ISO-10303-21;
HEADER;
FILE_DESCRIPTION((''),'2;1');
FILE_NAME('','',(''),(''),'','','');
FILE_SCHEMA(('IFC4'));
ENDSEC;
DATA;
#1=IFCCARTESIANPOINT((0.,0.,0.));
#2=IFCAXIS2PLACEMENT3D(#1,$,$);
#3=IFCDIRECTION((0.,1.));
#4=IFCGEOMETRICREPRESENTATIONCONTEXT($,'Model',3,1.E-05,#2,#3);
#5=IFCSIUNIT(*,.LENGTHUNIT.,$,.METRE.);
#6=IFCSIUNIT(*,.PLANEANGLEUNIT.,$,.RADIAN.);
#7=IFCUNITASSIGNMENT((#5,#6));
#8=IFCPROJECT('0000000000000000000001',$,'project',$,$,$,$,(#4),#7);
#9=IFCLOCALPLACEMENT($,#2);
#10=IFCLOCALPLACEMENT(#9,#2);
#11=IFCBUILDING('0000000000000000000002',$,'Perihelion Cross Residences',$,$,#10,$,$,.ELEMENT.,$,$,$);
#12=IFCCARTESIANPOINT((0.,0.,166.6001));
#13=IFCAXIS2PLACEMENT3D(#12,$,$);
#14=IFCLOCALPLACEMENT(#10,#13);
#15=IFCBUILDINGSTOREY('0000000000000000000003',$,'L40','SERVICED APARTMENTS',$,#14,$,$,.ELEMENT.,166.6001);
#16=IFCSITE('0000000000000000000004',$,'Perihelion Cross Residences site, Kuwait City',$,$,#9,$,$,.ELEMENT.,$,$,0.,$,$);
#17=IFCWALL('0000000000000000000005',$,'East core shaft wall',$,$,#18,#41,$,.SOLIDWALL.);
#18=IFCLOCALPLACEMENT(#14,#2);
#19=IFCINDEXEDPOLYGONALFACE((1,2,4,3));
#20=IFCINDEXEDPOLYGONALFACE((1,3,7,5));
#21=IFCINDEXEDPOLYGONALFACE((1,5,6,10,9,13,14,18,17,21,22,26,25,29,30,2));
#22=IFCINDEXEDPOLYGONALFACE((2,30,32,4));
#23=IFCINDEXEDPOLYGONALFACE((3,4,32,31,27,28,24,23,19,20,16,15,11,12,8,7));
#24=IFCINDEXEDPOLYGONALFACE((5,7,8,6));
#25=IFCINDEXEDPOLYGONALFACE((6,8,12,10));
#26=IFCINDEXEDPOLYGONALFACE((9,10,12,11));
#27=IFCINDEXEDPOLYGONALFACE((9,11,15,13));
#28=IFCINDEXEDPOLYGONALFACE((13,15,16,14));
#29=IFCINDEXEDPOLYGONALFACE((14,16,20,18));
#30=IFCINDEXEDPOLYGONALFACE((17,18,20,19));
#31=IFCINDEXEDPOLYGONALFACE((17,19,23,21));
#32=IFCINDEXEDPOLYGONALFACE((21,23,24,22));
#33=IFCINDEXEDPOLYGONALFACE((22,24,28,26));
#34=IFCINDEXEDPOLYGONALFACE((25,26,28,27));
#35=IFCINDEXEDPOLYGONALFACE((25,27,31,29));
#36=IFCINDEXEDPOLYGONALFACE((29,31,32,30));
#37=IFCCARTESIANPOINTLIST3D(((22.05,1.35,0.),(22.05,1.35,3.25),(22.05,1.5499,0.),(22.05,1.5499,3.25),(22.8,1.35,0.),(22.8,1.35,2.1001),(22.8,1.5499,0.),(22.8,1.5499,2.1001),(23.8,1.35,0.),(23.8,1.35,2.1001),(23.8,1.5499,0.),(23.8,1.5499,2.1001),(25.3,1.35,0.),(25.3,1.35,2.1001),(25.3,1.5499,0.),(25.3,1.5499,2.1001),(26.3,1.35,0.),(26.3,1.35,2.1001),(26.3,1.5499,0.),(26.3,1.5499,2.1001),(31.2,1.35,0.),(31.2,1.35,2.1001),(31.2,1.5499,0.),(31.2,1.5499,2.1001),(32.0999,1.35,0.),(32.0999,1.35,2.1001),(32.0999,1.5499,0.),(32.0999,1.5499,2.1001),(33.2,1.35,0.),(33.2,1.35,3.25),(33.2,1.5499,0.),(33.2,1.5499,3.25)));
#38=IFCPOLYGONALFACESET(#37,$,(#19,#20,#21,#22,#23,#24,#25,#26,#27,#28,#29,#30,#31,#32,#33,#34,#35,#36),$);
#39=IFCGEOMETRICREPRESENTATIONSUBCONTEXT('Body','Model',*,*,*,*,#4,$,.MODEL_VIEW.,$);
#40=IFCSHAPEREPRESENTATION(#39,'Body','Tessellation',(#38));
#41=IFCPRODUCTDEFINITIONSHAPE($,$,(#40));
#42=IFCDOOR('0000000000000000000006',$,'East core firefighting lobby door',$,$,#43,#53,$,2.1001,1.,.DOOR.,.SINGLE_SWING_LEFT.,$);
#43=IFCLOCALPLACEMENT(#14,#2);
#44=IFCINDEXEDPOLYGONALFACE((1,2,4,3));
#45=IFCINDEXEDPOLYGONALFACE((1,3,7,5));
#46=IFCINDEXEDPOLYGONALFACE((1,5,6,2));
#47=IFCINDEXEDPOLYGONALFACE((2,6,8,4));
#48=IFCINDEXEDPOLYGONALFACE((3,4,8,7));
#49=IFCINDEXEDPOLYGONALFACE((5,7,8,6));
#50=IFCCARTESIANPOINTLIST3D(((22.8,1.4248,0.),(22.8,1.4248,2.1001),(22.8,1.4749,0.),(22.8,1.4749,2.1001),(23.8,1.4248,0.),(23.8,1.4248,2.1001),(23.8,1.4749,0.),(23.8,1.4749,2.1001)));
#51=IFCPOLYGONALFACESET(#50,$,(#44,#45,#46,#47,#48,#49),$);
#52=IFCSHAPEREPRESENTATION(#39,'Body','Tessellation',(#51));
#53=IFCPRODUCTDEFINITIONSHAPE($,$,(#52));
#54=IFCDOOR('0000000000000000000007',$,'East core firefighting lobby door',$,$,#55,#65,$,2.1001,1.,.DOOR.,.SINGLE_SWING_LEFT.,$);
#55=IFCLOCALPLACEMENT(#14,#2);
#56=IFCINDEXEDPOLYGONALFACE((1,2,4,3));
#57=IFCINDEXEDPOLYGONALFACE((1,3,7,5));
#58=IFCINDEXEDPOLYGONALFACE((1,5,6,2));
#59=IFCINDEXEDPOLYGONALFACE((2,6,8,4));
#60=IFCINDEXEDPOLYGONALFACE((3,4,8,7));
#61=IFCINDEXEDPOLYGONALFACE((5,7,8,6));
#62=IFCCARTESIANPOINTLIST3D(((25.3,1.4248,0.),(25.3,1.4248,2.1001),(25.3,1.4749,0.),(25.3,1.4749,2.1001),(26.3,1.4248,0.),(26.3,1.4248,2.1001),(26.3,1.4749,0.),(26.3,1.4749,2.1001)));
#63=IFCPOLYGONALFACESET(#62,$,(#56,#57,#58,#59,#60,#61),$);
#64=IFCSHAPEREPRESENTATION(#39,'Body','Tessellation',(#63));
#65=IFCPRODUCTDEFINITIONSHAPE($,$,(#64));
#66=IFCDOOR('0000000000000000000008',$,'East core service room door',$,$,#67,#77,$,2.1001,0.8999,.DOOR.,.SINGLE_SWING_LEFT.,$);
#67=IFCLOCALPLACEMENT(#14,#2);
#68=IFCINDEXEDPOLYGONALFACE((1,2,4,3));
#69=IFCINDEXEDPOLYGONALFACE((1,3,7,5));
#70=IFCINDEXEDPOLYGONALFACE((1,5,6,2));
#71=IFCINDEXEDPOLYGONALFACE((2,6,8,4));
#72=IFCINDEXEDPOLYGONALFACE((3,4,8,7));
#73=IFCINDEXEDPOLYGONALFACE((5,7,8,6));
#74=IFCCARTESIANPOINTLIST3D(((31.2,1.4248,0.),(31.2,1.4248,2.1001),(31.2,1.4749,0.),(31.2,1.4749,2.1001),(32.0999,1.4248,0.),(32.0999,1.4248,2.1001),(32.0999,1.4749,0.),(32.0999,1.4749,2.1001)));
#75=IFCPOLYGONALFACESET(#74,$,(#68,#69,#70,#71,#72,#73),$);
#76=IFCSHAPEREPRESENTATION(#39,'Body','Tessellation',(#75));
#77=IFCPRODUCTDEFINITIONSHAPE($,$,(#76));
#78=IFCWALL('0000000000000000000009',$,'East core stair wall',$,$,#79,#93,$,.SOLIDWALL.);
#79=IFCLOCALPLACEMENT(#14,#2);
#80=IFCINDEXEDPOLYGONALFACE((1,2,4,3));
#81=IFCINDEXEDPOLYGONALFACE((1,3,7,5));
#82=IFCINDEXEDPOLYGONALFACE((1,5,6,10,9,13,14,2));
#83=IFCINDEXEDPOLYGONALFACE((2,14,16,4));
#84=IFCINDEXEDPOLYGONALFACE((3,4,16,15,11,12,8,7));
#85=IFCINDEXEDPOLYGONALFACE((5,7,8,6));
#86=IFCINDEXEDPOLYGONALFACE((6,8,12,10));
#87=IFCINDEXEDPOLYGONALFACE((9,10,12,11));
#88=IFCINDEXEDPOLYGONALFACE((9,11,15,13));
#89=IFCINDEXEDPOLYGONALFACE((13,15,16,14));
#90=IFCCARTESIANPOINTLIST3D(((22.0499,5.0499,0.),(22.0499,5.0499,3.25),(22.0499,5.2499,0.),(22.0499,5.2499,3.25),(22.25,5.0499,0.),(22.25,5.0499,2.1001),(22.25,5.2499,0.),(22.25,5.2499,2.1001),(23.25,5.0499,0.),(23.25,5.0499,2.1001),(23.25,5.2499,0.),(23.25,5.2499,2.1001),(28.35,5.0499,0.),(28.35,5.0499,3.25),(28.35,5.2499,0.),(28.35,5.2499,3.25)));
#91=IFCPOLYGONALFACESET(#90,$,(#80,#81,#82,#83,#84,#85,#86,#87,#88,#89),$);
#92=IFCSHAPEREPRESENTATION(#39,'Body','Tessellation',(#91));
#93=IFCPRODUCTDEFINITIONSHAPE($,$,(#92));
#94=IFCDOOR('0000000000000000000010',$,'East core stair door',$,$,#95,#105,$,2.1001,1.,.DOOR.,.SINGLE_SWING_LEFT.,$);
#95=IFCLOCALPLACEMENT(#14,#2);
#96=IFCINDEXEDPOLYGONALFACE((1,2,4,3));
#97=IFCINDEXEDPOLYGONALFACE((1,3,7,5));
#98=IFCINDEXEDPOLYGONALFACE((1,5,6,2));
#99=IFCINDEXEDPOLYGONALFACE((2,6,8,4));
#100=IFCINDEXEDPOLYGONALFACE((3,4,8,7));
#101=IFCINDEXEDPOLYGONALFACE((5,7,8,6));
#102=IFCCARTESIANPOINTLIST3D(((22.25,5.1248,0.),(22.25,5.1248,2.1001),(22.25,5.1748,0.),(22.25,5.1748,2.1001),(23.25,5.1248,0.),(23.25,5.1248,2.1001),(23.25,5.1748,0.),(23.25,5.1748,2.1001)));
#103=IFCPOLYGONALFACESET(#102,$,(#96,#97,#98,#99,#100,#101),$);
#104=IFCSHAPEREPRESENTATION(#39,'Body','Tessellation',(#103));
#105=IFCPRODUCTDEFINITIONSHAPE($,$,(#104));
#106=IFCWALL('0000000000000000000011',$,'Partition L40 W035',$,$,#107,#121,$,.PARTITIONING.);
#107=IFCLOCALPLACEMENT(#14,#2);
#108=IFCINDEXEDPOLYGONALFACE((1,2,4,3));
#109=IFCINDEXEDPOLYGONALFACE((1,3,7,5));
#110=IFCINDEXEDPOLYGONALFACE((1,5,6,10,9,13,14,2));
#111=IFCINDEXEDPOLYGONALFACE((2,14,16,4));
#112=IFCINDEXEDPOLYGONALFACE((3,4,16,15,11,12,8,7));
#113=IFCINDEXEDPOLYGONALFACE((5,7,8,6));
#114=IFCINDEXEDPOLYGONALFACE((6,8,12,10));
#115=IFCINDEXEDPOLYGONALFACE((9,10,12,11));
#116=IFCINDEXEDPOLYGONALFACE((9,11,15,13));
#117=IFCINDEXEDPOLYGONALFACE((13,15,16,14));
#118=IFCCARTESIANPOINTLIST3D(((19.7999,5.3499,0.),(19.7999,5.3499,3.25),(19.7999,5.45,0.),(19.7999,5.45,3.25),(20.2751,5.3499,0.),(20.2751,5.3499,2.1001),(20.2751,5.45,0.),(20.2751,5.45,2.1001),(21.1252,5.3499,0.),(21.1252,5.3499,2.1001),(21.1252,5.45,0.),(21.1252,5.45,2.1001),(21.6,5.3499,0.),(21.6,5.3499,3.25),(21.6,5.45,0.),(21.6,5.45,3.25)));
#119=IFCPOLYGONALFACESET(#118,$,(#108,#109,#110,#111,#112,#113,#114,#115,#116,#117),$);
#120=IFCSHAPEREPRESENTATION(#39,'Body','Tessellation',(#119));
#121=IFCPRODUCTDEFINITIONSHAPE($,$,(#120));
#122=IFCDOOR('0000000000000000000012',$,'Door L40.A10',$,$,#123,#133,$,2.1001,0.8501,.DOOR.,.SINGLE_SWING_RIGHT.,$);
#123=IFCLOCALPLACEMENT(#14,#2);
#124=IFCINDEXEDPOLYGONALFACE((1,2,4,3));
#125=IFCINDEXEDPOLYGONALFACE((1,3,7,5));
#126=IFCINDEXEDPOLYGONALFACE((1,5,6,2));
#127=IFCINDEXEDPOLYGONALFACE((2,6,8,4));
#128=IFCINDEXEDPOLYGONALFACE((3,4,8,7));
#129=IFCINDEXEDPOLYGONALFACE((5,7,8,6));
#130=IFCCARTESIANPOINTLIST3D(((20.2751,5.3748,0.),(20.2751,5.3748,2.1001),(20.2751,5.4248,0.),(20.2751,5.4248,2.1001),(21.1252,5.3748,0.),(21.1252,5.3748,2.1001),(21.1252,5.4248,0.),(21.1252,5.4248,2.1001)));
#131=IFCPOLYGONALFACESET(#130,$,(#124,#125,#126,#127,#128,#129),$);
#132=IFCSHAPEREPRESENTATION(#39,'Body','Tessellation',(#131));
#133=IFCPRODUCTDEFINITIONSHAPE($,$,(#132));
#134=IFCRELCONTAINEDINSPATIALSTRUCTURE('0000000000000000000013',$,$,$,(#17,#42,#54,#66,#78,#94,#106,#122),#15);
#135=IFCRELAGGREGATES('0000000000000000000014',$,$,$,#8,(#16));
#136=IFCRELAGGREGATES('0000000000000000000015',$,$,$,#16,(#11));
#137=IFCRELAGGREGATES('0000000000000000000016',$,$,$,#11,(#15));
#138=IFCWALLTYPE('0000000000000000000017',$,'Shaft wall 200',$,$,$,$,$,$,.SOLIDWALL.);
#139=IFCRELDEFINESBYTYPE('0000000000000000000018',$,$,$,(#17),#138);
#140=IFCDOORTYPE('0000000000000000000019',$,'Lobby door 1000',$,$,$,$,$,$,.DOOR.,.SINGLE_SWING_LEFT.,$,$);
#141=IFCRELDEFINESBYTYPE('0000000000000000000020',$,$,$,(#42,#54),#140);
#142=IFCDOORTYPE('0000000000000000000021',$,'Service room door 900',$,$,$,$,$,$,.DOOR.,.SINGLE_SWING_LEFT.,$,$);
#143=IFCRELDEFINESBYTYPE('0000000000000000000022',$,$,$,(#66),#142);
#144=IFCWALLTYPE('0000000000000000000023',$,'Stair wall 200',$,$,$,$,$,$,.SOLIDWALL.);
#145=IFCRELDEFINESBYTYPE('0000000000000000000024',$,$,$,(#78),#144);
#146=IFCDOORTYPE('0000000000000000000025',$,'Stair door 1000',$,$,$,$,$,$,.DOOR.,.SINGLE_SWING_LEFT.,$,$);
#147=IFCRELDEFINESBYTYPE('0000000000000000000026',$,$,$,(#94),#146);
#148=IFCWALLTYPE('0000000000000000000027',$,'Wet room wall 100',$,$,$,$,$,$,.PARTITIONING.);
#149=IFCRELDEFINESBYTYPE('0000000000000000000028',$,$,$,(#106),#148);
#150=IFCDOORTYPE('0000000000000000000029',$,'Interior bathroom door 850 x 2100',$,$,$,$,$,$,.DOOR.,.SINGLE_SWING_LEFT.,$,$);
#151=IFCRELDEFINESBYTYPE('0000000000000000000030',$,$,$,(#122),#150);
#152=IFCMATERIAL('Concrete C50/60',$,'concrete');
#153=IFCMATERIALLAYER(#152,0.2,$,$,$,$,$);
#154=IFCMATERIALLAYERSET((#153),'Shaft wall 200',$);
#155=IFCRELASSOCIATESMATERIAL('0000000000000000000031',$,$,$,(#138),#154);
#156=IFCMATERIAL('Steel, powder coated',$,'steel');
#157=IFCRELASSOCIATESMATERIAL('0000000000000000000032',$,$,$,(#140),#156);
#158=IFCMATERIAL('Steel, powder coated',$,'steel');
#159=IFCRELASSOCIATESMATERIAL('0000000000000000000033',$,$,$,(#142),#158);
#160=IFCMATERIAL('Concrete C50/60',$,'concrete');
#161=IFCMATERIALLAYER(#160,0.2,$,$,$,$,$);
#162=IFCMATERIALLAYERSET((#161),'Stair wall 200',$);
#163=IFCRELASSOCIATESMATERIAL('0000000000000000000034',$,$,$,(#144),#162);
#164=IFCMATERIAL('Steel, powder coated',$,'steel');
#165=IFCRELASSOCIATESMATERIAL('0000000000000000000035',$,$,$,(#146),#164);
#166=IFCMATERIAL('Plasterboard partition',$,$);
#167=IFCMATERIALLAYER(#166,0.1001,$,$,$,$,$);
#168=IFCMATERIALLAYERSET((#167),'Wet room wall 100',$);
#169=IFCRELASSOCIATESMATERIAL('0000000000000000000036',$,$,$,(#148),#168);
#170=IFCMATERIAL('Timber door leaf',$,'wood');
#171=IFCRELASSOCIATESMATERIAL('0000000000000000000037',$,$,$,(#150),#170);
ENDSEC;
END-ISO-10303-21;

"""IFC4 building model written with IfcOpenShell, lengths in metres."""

from ifc_helpers import new_model, si_unit, direction, frame, frame_2d, origin, place, context, subcontext, project, spatial, rectangle, extrude, material, layer, layer_set, type_object, element, fill, save


model = new_model("IFC4")

# Units and contexts
model_context = context("Model", 3, precision=1e-05, world=origin(), true_north=direction((0.0, 1.0)))
body_context = subcontext(model_context, "Body", "Model", "MODEL_VIEW")
ifc_project = project(units=[si_unit("LENGTHUNIT", "METRE"), si_unit("PLANEANGLEUNIT", "RADIAN")], contexts=[model_context])

# Site, building, storey
site_placement = place(None, origin())
site = spatial("IfcSite", under=ifc_project, at=site_placement, Name="Perihelion Cross Residences site, Kuwait City", CompositionType="ELEMENT", RefElevation=0.0)
building_placement = place(site_placement, origin())
building = spatial("IfcBuilding", under=site, at=building_placement, Name="Perihelion Cross Residences", CompositionType="ELEMENT")
storey_placement = place(building_placement, frame((0.0, 0.0, 166.6001)))
storey = spatial("IfcBuildingStorey", under=building, at=storey_placement, Name="L40", Description="SERVICED APARTMENTS", CompositionType="ELEMENT", Elevation=166.6001)

# Wall, openings, doors
ifc_material_1 = material(Name="Concrete C50/60", Category="concrete")
ifc_layer_1 = layer(ifc_material_1, 0.2)
ifc_layer_set_1 = layer_set([ifc_layer_1], Name="Shaft wall 200")
wall_type_1 = type_object("IfcWallType", Name="Shaft wall 200", PredefinedType="SOLIDWALL", material=ifc_layer_set_1)
wall_1_placement = place(storey_placement, frame((22.05, 1.45, 0.0), z_axis=(0.0, 0.0, 1.0), x_axis=(1.0, 0.0, 0.0)))
wall_1 = element("IfcWall", 1, at=wall_1_placement, inside=storey, type_object=wall_type_1, Name="East core shaft wall", PredefinedType="SOLIDWALL", context=body_context, shape_type="SweptSolid", body=[
    extrude(rectangle(XDim=11.1499, YDim=0.2, at=frame_2d((5.575, 0.0))), origin(), (0.0, 0.0, 1.0), 3.25),
])
opening_1_placement = place(wall_1_placement, frame((0.75, 0.0, 0.0)))
opening_1 = element("IfcOpeningElement", 2, at=opening_1_placement, cuts=wall_1, PredefinedType="OPENING", context=body_context, shape_type="SweptSolid", body=[
    extrude(rectangle(XDim=1.0, YDim=2.1001, at=frame_2d((0.5, 1.05))), frame((0.0, 0.1099, 0.0), z_axis=(0.0, -1.0, 0.0), x_axis=(1.0, 0.0, 0.0)), (0.0, 0.0, 1.0), 0.22),
])
opening_2_placement = place(wall_1_placement, frame((3.25, 0.0, 0.0)))
opening_2 = element("IfcOpeningElement", 3, at=opening_2_placement, cuts=wall_1, PredefinedType="OPENING", context=body_context, shape_type="SweptSolid", body=[
    extrude(rectangle(XDim=1.0, YDim=2.1001, at=frame_2d((0.5, 1.05))), frame((0.0, 0.1099, 0.0), z_axis=(0.0, -1.0, 0.0), x_axis=(1.0, 0.0, 0.0)), (0.0, 0.0, 1.0), 0.22),
])
opening_3_placement = place(wall_1_placement, frame((9.1499, 0.0, 0.0)))
opening_3 = element("IfcOpeningElement", 4, at=opening_3_placement, cuts=wall_1, PredefinedType="OPENING", context=body_context, shape_type="SweptSolid", body=[
    extrude(rectangle(XDim=0.8999, YDim=2.1001, at=frame_2d((0.45, 1.05))), frame((0.0, 0.1099, 0.0), z_axis=(0.0, -1.0, 0.0), x_axis=(1.0, 0.0, 0.0)), (0.0, 0.0, 1.0), 0.22),
])
ifc_material_2 = material(Name="Steel, powder coated", Category="steel")
door_type_1 = type_object("IfcDoorType", Name="Lobby door 1000", OperationType="SINGLE_SWING_LEFT", PredefinedType="DOOR", material=ifc_material_2)
door_1_placement = place(opening_1_placement, origin())
door_1 = element("IfcDoor", 5, at=door_1_placement, inside=storey, type_object=door_type_1, Name="East core firefighting lobby door", OperationType="SINGLE_SWING_LEFT", OverallHeight=2.1001, OverallWidth=1.0, PredefinedType="DOOR", context=body_context, shape_type="SweptSolid", body=[
    extrude(rectangle(XDim=1.0, YDim=2.1001, at=frame_2d((0.5, 1.05))), frame((0.0, 0.0249, 0.0), z_axis=(0.0, -1.0, 0.0), x_axis=(1.0, 0.0, 0.0)), (0.0, 0.0, 1.0), 0.05),
])
fill(opening_1, door_1)
door_2_placement = place(opening_2_placement, origin())
door_2 = element("IfcDoor", 6, at=door_2_placement, inside=storey, type_object=door_type_1, Name="East core firefighting lobby door", OperationType="SINGLE_SWING_LEFT", OverallHeight=2.1001, OverallWidth=1.0, PredefinedType="DOOR", context=body_context, shape_type="SweptSolid", body=[
    extrude(rectangle(XDim=1.0, YDim=2.1001, at=frame_2d((0.5, 1.05))), frame((0.0, 0.0249, 0.0), z_axis=(0.0, -1.0, 0.0), x_axis=(1.0, 0.0, 0.0)), (0.0, 0.0, 1.0), 0.05),
])
fill(opening_2, door_2)
ifc_material_3 = material(Name="Steel, powder coated", Category="steel")
door_type_2 = type_object("IfcDoorType", Name="Service room door 900", OperationType="SINGLE_SWING_LEFT", PredefinedType="DOOR", material=ifc_material_3)
door_3_placement = place(opening_3_placement, origin())
door_3 = element("IfcDoor", 7, at=door_3_placement, inside=storey, type_object=door_type_2, Name="East core service room door", OperationType="SINGLE_SWING_LEFT", OverallHeight=2.1001, OverallWidth=0.8999, PredefinedType="DOOR", context=body_context, shape_type="SweptSolid", body=[
    extrude(rectangle(XDim=0.8999, YDim=2.1001, at=frame_2d((0.45, 1.05))), frame((0.0, 0.0249, 0.0), z_axis=(0.0, -1.0, 0.0), x_axis=(1.0, 0.0, 0.0)), (0.0, 0.0, 1.0), 0.05),
])
fill(opening_3, door_3)

# Walls, openings, doors
ifc_material_4 = material(Name="Concrete C50/60", Category="concrete")
ifc_layer_2 = layer(ifc_material_4, 0.2)
ifc_layer_set_2 = layer_set([ifc_layer_2], Name="Stair wall 200")
wall_type_2 = type_object("IfcWallType", Name="Stair wall 200", PredefinedType="SOLIDWALL", material=ifc_layer_set_2)
wall_2_placement = place(storey_placement, frame((22.05, 5.1499, 0.0), z_axis=(0.0, 0.0, 1.0), x_axis=(1.0, 0.0, 0.0)))
wall_2 = element("IfcWall", 8, at=wall_2_placement, inside=storey, type_object=wall_type_2, Name="East core stair wall", PredefinedType="SOLIDWALL", context=body_context, shape_type="SweptSolid", body=[
    extrude(rectangle(XDim=6.3, YDim=0.2, at=frame_2d((3.1499, 0.0))), origin(), (0.0, 0.0, 1.0), 3.25),
])
opening_4_placement = place(wall_2_placement, frame((0.2, 0.0, 0.0)))
opening_4 = element("IfcOpeningElement", 9, at=opening_4_placement, cuts=wall_2, PredefinedType="OPENING", context=body_context, shape_type="SweptSolid", body=[
    extrude(rectangle(XDim=1.0, YDim=2.1001, at=frame_2d((0.5, 1.05))), frame((0.0, 0.1099, 0.0), z_axis=(0.0, -1.0, 0.0), x_axis=(1.0, 0.0, 0.0)), (0.0, 0.0, 1.0), 0.22),
])
ifc_material_5 = material(Name="Steel, powder coated", Category="steel")
door_type_3 = type_object("IfcDoorType", Name="Stair door 1000", OperationType="SINGLE_SWING_LEFT", PredefinedType="DOOR", material=ifc_material_5)
door_4_placement = place(opening_4_placement, origin())
door_4 = element("IfcDoor", 10, at=door_4_placement, inside=storey, type_object=door_type_3, Name="East core stair door", OperationType="SINGLE_SWING_LEFT", OverallHeight=2.1001, OverallWidth=1.0, PredefinedType="DOOR", context=body_context, shape_type="SweptSolid", body=[
    extrude(rectangle(XDim=1.0, YDim=2.1001, at=frame_2d((0.5, 1.05))), frame((0.0, 0.0249, 0.0), z_axis=(0.0, -1.0, 0.0), x_axis=(1.0, 0.0, 0.0)), (0.0, 0.0, 1.0), 0.05),
])
fill(opening_4, door_4)
ifc_material_6 = material(Name="Plasterboard partition")
ifc_layer_3 = layer(ifc_material_6, 0.1001)
ifc_layer_set_3 = layer_set([ifc_layer_3], Name="Wet room wall 100")
wall_type_3 = type_object("IfcWallType", Name="Wet room wall 100", PredefinedType="PARTITIONING", material=ifc_layer_set_3)
wall_3_placement = place(storey_placement, frame((19.8, 5.3999, 0.0), z_axis=(0.0, 0.0, 1.0), x_axis=(1.0, 0.0, 0.0)))
wall_3 = element("IfcWall", 11, at=wall_3_placement, inside=storey, type_object=wall_type_3, Name="Partition L40 W035", PredefinedType="PARTITIONING", context=body_context, shape_type="SweptSolid", body=[
    extrude(rectangle(XDim=1.8, YDim=0.1001, at=frame_2d((0.8999, 0.0))), origin(), (0.0, 0.0, 1.0), 3.25),
])
opening_5_placement = place(wall_3_placement, frame((0.4751, 0.0, 0.0)))
opening_5 = element("IfcOpeningElement", 12, at=opening_5_placement, cuts=wall_3, PredefinedType="OPENING", context=body_context, shape_type="SweptSolid", body=[
    extrude(rectangle(XDim=0.8501, YDim=2.1001, at=frame_2d((0.425, 1.05))), frame((0.0, 0.0601, 0.0), z_axis=(0.0, -1.0, 0.0), x_axis=(1.0, 0.0, 0.0)), (0.0, 0.0, 1.0), 0.1201),
])
ifc_material_7 = material(Name="Timber door leaf", Category="wood")
door_type_4 = type_object("IfcDoorType", Name="Interior bathroom door 850 x 2100", OperationType="SINGLE_SWING_LEFT", PredefinedType="DOOR", material=ifc_material_7)
door_5_placement = place(opening_5_placement, origin())
door_5 = element("IfcDoor", 13, at=door_5_placement, inside=storey, type_object=door_type_4, Name="Door L40.A10", OperationType="SINGLE_SWING_RIGHT", OverallHeight=2.1001, OverallWidth=0.8501, PredefinedType="DOOR", context=body_context, shape_type="SweptSolid", body=[
    extrude(rectangle(XDim=0.8501, YDim=2.1001, at=frame_2d((0.425, 1.05))), frame((0.0, 0.0249, 0.0), z_axis=(0.0, -1.0, 0.0), x_axis=(1.0, 0.0, 0.0)), (0.0, 0.0, 1.0), 0.05),
])
fill(opening_5, door_5)

save(model, "model.ifc")
